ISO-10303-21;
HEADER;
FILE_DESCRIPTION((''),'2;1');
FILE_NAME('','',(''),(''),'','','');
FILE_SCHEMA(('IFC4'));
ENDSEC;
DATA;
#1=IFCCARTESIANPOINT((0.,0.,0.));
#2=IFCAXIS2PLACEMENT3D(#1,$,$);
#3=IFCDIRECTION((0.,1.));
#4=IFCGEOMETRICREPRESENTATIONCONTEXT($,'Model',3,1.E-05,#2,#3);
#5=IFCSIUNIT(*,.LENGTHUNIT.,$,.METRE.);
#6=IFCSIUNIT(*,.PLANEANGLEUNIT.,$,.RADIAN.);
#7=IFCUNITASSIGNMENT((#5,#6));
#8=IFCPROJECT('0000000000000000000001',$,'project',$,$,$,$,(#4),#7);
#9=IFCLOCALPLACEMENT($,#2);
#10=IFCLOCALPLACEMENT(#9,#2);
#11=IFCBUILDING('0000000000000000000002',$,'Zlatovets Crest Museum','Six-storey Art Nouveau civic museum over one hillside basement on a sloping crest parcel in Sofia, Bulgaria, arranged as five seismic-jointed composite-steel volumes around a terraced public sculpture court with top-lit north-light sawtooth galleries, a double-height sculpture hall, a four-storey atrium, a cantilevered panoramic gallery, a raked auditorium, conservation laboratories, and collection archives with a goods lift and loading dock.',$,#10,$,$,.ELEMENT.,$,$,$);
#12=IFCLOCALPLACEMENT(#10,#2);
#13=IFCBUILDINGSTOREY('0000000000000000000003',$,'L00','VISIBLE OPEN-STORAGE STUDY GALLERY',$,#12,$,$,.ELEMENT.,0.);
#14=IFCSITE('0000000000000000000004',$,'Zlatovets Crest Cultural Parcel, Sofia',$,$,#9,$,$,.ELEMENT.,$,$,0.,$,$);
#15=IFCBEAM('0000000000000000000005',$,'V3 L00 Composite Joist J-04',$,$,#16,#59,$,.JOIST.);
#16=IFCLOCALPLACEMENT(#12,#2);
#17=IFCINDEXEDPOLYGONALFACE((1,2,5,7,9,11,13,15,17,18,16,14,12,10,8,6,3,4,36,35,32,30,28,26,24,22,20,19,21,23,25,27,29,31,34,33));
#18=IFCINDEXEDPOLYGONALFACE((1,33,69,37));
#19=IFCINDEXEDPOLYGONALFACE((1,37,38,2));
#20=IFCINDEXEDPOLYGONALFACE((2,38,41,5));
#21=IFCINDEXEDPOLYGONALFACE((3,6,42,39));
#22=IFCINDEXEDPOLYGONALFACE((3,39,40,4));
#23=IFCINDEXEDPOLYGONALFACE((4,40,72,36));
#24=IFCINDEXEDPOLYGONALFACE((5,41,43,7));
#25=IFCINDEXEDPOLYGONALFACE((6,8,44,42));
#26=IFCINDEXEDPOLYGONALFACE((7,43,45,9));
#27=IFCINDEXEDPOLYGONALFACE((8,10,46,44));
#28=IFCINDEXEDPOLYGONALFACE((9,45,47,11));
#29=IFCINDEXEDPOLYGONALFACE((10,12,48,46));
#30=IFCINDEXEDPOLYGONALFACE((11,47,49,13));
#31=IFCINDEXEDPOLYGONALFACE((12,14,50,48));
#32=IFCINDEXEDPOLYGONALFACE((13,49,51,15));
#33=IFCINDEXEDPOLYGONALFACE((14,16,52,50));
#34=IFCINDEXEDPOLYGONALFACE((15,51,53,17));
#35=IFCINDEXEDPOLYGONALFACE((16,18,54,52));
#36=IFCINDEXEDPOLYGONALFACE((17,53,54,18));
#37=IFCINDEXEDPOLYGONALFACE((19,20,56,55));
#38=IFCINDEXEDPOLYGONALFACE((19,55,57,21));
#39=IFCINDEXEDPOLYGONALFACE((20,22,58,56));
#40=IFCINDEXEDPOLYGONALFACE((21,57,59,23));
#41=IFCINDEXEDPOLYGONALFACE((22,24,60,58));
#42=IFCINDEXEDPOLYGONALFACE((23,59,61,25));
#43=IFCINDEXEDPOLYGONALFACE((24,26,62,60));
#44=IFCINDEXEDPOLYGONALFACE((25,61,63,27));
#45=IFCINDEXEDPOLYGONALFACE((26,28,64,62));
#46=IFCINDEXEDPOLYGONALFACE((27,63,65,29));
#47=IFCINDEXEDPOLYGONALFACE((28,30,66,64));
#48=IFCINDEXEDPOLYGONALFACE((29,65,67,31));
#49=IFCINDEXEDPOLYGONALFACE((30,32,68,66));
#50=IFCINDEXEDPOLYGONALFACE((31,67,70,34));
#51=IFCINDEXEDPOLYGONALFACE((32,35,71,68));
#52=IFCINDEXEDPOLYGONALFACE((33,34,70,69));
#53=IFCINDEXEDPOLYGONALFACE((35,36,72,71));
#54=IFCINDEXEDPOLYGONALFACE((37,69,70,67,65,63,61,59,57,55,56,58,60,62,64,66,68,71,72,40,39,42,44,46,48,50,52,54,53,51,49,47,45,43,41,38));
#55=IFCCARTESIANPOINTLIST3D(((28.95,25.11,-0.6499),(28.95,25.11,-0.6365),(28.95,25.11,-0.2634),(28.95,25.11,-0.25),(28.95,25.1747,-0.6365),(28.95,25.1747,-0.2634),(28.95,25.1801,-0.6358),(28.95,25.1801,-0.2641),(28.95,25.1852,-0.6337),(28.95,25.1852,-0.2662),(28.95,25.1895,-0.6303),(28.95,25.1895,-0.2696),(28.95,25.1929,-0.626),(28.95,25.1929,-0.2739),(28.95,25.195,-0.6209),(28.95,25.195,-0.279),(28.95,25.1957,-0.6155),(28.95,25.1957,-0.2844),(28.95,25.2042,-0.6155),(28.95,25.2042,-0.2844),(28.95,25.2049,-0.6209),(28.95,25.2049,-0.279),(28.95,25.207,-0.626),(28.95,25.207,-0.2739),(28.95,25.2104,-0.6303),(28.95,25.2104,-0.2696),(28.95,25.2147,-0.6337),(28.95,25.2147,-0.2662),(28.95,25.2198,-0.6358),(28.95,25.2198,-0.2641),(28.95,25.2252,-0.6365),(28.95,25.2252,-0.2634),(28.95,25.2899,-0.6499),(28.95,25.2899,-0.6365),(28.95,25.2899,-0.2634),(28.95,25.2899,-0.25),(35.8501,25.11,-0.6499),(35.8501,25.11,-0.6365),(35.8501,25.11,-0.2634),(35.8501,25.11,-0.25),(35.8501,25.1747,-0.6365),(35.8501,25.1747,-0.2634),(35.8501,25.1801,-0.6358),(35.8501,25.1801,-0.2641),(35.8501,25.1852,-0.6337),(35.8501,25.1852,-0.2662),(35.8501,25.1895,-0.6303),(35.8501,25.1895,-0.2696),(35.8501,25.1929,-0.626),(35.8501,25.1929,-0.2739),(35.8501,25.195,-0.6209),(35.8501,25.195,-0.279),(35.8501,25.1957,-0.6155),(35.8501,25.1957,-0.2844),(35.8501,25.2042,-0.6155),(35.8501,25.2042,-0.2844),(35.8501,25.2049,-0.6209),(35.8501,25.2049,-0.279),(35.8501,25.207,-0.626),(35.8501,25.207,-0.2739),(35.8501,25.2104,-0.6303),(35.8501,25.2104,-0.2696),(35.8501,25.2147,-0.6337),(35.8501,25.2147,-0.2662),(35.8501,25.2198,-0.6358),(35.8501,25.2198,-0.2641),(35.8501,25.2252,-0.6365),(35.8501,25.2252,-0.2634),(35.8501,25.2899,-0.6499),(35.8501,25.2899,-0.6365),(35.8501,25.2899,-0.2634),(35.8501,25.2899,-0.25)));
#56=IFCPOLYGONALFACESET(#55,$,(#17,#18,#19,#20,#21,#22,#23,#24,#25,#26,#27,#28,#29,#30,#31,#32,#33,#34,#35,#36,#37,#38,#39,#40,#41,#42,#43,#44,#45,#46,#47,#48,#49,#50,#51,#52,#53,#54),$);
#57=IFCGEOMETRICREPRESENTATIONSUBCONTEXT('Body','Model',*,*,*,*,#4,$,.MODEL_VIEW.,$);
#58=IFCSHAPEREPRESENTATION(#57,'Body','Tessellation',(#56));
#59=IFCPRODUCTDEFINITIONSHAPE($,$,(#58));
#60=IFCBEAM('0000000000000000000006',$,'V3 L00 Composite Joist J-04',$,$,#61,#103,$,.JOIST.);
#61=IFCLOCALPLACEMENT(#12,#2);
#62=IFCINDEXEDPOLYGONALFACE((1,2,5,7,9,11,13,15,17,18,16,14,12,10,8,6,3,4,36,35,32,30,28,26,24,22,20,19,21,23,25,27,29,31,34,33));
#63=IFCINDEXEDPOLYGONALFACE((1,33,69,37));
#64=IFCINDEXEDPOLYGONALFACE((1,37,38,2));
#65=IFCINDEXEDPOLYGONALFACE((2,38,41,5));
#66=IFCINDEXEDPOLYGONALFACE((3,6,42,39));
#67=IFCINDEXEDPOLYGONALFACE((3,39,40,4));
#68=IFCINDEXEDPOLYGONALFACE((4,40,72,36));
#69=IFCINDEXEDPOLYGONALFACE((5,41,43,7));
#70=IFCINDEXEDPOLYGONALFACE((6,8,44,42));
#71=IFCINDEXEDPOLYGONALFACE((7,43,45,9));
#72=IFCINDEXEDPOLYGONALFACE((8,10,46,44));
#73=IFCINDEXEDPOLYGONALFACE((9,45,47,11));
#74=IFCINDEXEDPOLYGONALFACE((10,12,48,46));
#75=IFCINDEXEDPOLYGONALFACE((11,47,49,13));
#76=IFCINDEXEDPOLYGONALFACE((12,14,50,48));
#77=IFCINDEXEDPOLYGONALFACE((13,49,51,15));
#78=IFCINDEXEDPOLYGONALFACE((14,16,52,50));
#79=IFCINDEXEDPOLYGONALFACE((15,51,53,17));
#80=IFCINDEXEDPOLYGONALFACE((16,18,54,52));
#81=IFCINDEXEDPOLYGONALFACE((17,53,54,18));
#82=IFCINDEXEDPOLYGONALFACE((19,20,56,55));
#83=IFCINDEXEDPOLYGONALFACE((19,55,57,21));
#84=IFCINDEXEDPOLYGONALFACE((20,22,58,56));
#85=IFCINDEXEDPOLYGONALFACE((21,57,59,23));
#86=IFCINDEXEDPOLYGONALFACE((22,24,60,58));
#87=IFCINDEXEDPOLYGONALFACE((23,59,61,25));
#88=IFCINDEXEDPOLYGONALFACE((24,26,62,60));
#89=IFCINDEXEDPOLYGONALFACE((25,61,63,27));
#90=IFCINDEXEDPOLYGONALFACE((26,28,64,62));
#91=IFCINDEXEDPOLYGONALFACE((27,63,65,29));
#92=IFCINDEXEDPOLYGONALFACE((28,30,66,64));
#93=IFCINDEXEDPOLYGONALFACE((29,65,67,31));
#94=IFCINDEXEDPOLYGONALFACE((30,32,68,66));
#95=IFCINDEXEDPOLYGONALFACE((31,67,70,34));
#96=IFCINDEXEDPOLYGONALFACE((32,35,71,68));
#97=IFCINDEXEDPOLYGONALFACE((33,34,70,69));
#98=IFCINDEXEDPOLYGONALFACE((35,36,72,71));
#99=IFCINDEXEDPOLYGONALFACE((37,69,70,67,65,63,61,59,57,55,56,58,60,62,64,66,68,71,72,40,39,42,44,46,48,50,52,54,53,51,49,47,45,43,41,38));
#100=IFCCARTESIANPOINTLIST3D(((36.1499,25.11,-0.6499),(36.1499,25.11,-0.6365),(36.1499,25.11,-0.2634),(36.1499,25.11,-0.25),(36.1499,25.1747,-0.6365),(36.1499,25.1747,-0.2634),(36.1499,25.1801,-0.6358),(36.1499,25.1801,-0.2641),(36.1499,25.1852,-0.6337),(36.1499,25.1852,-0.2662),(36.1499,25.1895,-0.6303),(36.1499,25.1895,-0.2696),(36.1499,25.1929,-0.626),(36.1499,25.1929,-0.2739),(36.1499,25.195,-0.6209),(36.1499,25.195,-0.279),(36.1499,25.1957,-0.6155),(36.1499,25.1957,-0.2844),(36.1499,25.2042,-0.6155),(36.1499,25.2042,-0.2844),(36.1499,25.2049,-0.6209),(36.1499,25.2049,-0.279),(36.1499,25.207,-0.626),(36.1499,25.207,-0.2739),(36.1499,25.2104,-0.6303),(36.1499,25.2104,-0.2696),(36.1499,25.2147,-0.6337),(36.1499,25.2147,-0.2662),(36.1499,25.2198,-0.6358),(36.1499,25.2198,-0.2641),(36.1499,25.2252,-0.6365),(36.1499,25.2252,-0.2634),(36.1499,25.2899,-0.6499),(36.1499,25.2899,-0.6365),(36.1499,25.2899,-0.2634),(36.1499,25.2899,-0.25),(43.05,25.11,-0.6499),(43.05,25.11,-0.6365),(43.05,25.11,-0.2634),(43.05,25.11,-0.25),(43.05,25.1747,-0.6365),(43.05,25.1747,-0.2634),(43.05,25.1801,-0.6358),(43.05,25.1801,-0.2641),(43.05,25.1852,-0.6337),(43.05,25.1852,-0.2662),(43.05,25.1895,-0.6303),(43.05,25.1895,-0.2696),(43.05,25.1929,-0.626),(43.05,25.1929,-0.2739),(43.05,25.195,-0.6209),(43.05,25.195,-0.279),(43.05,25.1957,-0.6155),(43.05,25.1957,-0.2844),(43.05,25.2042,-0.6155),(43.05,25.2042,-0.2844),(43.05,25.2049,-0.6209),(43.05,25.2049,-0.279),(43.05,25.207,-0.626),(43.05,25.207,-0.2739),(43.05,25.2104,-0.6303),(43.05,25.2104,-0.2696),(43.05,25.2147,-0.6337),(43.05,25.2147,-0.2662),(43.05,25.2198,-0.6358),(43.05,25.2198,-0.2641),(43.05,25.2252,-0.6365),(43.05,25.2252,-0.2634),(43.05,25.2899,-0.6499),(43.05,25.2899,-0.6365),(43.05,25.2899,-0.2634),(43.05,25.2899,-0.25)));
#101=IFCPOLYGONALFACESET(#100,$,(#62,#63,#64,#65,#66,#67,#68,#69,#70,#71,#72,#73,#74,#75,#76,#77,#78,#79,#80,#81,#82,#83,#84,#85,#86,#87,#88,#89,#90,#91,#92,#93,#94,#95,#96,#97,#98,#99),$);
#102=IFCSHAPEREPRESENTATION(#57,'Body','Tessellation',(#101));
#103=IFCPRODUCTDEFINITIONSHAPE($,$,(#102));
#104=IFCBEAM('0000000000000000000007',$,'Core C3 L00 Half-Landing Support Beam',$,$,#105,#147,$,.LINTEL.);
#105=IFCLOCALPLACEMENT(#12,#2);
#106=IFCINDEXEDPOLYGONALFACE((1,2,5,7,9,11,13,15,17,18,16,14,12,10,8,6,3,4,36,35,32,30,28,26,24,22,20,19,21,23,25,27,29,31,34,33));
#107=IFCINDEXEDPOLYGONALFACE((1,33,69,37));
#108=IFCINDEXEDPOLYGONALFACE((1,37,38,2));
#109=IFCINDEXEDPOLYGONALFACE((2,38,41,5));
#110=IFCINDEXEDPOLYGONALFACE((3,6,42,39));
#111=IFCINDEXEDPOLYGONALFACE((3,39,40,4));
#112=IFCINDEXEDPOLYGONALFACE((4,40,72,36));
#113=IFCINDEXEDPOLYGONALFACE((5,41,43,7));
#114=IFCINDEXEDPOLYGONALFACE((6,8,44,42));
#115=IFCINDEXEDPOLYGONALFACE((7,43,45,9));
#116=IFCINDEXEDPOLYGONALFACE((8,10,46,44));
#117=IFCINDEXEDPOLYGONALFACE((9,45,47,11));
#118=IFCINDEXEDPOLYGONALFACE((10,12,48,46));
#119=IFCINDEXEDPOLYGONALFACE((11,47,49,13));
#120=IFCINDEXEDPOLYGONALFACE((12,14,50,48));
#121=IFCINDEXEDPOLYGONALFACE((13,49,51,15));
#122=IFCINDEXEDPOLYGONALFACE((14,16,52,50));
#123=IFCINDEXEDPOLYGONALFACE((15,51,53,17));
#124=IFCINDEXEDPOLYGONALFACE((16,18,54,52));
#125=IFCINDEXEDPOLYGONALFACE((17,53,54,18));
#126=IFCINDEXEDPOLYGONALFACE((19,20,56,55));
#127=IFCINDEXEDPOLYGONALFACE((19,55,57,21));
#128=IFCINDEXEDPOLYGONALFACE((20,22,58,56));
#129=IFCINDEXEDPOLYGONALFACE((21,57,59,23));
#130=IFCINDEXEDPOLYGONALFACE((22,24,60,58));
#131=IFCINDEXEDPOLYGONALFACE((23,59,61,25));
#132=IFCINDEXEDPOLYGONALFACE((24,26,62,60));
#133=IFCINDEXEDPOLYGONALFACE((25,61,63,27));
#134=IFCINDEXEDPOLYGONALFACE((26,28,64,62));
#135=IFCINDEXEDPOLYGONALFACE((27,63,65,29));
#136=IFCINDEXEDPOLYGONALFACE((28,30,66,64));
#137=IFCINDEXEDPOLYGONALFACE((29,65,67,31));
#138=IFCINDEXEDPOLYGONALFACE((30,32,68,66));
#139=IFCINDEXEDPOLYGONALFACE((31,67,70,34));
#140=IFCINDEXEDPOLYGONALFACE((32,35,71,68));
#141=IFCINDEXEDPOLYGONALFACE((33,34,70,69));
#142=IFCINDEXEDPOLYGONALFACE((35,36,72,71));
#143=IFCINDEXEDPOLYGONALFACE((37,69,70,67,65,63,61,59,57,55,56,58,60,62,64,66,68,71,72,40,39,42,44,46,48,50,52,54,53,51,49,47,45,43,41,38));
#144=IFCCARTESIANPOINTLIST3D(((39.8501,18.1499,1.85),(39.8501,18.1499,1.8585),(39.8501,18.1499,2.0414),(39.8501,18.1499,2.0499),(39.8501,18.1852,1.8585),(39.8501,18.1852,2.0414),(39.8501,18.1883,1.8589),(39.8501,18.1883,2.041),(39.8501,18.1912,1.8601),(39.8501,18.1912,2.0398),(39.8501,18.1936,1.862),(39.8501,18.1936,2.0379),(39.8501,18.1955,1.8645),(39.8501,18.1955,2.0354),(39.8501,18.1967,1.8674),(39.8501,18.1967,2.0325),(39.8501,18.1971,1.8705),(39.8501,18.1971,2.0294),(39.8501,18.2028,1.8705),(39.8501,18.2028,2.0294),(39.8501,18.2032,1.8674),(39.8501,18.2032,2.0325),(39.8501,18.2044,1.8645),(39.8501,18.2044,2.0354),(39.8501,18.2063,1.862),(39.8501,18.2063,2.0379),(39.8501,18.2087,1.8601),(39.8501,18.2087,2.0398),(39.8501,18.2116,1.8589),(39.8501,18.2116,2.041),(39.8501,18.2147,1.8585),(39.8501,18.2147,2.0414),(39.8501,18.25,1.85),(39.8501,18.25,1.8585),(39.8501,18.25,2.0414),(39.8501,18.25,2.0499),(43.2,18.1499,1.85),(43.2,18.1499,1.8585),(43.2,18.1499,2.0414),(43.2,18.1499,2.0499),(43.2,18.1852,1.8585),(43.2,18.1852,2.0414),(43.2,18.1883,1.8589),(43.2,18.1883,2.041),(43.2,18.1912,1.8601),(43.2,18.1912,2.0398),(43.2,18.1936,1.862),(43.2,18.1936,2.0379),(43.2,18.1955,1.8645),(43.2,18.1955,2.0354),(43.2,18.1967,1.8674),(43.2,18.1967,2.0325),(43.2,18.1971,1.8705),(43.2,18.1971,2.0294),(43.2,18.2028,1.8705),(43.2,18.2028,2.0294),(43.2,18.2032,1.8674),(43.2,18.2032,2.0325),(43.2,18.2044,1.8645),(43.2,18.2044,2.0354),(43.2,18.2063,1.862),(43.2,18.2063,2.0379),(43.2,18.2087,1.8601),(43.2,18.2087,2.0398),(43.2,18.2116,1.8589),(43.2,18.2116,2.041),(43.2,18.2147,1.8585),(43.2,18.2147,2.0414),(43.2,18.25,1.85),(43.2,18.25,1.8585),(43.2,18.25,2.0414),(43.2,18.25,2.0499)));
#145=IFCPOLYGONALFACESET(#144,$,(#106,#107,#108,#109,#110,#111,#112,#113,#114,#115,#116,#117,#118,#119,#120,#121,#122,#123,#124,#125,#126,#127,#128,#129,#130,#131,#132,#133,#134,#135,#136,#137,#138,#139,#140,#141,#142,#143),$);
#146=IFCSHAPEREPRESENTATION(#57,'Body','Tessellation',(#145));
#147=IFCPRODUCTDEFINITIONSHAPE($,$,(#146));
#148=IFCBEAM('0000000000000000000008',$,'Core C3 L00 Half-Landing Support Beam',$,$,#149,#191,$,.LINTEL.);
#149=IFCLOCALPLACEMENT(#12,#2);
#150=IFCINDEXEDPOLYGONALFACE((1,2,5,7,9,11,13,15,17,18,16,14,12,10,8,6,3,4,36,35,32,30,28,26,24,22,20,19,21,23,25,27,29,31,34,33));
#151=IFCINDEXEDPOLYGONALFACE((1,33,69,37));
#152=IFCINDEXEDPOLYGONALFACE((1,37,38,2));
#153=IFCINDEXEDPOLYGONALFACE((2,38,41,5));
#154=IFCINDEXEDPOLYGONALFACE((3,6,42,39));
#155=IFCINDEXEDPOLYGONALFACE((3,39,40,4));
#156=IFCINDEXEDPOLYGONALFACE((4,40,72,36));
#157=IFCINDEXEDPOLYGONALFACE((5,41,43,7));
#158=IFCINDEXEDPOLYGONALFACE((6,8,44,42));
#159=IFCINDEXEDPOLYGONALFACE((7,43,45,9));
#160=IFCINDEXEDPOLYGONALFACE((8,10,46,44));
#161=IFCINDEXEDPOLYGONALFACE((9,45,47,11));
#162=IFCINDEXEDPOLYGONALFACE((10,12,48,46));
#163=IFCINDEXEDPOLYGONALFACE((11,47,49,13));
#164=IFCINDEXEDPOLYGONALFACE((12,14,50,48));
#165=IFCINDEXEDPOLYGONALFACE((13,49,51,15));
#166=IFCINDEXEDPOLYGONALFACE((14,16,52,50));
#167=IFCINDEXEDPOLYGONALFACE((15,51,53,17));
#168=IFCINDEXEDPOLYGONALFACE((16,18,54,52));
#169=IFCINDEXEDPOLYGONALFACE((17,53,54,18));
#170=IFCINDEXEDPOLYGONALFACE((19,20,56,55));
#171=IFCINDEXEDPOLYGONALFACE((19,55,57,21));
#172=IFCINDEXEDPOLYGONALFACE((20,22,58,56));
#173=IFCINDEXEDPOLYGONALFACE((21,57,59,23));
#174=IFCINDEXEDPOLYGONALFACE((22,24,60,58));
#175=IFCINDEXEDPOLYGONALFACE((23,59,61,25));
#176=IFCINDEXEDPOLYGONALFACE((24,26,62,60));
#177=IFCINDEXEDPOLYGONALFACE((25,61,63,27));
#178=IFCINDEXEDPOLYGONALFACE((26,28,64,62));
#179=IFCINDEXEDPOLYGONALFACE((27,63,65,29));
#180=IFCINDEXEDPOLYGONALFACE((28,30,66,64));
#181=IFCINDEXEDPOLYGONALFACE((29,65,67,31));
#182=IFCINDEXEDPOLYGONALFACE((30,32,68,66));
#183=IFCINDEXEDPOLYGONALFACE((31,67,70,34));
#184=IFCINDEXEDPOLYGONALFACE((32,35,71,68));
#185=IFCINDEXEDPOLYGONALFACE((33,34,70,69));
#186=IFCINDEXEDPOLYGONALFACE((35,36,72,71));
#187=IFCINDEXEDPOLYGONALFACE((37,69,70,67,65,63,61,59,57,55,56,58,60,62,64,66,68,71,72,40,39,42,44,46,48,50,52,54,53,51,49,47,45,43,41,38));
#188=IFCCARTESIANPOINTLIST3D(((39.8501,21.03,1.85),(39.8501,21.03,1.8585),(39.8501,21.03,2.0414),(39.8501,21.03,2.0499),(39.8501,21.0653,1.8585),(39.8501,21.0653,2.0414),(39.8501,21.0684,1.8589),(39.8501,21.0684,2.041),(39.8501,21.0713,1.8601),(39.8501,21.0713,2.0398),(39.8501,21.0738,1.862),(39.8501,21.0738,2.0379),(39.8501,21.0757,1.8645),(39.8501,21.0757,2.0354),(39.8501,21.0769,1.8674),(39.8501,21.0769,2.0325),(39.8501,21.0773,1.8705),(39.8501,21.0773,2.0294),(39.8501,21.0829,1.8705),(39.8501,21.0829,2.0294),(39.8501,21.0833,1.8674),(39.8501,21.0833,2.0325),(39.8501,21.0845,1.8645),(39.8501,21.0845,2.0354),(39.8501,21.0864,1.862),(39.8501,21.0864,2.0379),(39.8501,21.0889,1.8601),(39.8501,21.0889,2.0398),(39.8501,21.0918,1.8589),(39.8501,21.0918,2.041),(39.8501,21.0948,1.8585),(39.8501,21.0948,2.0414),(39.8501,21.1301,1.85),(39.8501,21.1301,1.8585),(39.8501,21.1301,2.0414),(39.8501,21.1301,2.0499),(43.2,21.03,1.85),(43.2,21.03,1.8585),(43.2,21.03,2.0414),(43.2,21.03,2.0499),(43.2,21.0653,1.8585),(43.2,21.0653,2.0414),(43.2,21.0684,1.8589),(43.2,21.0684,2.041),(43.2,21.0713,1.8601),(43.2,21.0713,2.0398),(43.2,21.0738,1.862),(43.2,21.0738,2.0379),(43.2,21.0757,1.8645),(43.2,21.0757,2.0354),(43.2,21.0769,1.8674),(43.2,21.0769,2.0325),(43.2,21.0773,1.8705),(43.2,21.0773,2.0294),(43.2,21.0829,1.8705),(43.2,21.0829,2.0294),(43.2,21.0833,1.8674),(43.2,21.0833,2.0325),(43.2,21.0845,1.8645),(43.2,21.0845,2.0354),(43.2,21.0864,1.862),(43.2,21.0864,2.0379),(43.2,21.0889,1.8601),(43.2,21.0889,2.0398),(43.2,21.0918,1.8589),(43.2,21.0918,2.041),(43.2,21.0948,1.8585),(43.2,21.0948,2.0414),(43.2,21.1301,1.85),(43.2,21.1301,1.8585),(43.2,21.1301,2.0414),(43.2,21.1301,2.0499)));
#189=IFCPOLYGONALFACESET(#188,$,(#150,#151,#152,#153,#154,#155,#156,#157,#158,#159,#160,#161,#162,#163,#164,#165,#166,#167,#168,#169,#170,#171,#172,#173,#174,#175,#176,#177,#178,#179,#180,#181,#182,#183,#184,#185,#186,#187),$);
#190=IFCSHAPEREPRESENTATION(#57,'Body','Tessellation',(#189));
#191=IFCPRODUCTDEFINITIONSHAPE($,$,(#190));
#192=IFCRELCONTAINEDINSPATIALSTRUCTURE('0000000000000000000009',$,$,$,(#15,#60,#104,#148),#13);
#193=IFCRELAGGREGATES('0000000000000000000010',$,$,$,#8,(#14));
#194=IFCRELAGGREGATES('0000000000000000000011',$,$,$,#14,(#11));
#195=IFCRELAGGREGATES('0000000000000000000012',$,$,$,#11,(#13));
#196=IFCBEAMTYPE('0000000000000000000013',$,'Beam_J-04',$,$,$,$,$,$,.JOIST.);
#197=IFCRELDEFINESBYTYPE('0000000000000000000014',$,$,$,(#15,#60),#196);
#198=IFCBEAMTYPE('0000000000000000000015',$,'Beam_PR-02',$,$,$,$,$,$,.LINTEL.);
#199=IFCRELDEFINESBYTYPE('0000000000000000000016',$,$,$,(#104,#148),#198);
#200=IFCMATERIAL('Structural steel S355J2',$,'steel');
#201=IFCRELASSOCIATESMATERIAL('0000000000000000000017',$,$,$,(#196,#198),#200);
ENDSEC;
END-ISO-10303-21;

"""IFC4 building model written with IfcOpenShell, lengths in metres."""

from ifc_helpers import new_model, si_unit, direction, frame, origin, origin_2d, place, context, subcontext, project, spatial, i_section, extrude, material, material_profile, profile_set, type_object, element, save


model = new_model("IFC4")

# Units and contexts
model_context = context("Model", 3, precision=1e-05, world=origin(), true_north=direction((0.0, 1.0)))
body_context = subcontext(model_context, "Body", "Model", "MODEL_VIEW")
ifc_project = project(units=[si_unit("LENGTHUNIT", "METRE"), si_unit("PLANEANGLEUNIT", "RADIAN")], contexts=[model_context])

# Site, building, storey
site_placement = place(None, origin())
site = spatial("IfcSite", under=ifc_project, at=site_placement, Name="Zlatovets Crest Cultural Parcel, Sofia", CompositionType="ELEMENT", RefElevation=0.0)
building_placement = place(site_placement, origin())
building = spatial("IfcBuilding", under=site, at=building_placement, Name="Zlatovets Crest Museum", Description="Six-storey Art Nouveau civic museum over one hillside basement on a sloping crest parcel in Sofia, Bulgaria, arranged as five seismic-jointed composite-steel volumes around a terraced public sculpture court with top-lit north-light sawtooth galleries, a double-height sculpture hall, a four-storey atrium, a cantilevered panoramic gallery, a raked auditorium, conservation laboratories, and collection archives with a goods lift and loading dock.", CompositionType="ELEMENT")
storey_placement = place(building_placement, origin())
storey = spatial("IfcBuildingStorey", under=building, at=storey_placement, Name="L00", Description="VISIBLE OPEN-STORAGE STUDY GALLERY", CompositionType="ELEMENT", Elevation=0.0)

# Shared definitions
ifc_material_1 = material(Name="Structural steel S355J2", Category="steel")

# Beams
ifc_material_profile_1 = material_profile(ifc_material_1, i_section(OverallWidth=0.1799, OverallDepth=0.3999, WebThickness=0.0085, FlangeThickness=0.0134, FilletRadius=0.021, at=origin_2d()), Name="IPE 400")
ifc_profile_set_1 = profile_set([ifc_material_profile_1], Name="Structural steel S355J2")
beam_type_1 = type_object("IfcBeamType", Name="Beam_J-04", PredefinedType="JOIST", material=ifc_profile_set_1)
for number, where, z_axis, x_axis, name in (
    (1, (28.95, 25.2, -0.45), (1.0, 0.0, 0.0), (0.0, 1.0, 0.0), "V3 L00 Composite Joist J-04"),
    (2, (36.1499, 25.2, -0.45), (1.0, 0.0, 0.0), (0.0, 1.0, 0.0), "V3 L00 Composite Joist J-04"),
):
    element("IfcBeam", number, at=place(storey_placement, frame(where, z_axis=z_axis, x_axis=x_axis)), inside=storey, type_object=beam_type_1, Name=name, PredefinedType="JOIST", context=body_context, shape_type="SweptSolid", body=[
        extrude(i_section(OverallWidth=0.1799, OverallDepth=0.3999, WebThickness=0.0085, FlangeThickness=0.0134, FilletRadius=0.021, at=origin_2d()), origin(), (0.0, 0.0, 1.0), 6.9001),
    ])
ifc_material_profile_2 = material_profile(ifc_material_1, i_section(OverallWidth=0.1001, OverallDepth=0.2, WebThickness=0.0056, FlangeThickness=0.0085, FilletRadius=0.012, at=origin_2d()), Name="IPE 200")
ifc_profile_set_2 = profile_set([ifc_material_profile_2], Name="Structural steel S355J2")
beam_type_2 = type_object("IfcBeamType", Name="Beam_PR-02", PredefinedType="LINTEL", material=ifc_profile_set_2)
for number, where, z_axis, x_axis, name in (
    (3, (39.8501, 18.2, 1.95), (1.0, 0.0, 0.0), (0.0, 1.0, 0.0), "Core C3 L00 Half-Landing Support Beam"),
    (4, (39.8501, 21.0801, 1.95), (1.0, 0.0, 0.0), (0.0, 1.0, 0.0), "Core C3 L00 Half-Landing Support Beam"),
):
    element("IfcBeam", number, at=place(storey_placement, frame(where, z_axis=z_axis, x_axis=x_axis)), inside=storey, type_object=beam_type_2, Name=name, PredefinedType="LINTEL", context=body_context, shape_type="SweptSolid", body=[
        extrude(i_section(OverallWidth=0.1001, OverallDepth=0.2, WebThickness=0.0056, FlangeThickness=0.0085, FilletRadius=0.012, at=origin_2d()), origin(), (0.0, 0.0, 1.0), 3.3499),
    ])

save(model, "model.ifc")
